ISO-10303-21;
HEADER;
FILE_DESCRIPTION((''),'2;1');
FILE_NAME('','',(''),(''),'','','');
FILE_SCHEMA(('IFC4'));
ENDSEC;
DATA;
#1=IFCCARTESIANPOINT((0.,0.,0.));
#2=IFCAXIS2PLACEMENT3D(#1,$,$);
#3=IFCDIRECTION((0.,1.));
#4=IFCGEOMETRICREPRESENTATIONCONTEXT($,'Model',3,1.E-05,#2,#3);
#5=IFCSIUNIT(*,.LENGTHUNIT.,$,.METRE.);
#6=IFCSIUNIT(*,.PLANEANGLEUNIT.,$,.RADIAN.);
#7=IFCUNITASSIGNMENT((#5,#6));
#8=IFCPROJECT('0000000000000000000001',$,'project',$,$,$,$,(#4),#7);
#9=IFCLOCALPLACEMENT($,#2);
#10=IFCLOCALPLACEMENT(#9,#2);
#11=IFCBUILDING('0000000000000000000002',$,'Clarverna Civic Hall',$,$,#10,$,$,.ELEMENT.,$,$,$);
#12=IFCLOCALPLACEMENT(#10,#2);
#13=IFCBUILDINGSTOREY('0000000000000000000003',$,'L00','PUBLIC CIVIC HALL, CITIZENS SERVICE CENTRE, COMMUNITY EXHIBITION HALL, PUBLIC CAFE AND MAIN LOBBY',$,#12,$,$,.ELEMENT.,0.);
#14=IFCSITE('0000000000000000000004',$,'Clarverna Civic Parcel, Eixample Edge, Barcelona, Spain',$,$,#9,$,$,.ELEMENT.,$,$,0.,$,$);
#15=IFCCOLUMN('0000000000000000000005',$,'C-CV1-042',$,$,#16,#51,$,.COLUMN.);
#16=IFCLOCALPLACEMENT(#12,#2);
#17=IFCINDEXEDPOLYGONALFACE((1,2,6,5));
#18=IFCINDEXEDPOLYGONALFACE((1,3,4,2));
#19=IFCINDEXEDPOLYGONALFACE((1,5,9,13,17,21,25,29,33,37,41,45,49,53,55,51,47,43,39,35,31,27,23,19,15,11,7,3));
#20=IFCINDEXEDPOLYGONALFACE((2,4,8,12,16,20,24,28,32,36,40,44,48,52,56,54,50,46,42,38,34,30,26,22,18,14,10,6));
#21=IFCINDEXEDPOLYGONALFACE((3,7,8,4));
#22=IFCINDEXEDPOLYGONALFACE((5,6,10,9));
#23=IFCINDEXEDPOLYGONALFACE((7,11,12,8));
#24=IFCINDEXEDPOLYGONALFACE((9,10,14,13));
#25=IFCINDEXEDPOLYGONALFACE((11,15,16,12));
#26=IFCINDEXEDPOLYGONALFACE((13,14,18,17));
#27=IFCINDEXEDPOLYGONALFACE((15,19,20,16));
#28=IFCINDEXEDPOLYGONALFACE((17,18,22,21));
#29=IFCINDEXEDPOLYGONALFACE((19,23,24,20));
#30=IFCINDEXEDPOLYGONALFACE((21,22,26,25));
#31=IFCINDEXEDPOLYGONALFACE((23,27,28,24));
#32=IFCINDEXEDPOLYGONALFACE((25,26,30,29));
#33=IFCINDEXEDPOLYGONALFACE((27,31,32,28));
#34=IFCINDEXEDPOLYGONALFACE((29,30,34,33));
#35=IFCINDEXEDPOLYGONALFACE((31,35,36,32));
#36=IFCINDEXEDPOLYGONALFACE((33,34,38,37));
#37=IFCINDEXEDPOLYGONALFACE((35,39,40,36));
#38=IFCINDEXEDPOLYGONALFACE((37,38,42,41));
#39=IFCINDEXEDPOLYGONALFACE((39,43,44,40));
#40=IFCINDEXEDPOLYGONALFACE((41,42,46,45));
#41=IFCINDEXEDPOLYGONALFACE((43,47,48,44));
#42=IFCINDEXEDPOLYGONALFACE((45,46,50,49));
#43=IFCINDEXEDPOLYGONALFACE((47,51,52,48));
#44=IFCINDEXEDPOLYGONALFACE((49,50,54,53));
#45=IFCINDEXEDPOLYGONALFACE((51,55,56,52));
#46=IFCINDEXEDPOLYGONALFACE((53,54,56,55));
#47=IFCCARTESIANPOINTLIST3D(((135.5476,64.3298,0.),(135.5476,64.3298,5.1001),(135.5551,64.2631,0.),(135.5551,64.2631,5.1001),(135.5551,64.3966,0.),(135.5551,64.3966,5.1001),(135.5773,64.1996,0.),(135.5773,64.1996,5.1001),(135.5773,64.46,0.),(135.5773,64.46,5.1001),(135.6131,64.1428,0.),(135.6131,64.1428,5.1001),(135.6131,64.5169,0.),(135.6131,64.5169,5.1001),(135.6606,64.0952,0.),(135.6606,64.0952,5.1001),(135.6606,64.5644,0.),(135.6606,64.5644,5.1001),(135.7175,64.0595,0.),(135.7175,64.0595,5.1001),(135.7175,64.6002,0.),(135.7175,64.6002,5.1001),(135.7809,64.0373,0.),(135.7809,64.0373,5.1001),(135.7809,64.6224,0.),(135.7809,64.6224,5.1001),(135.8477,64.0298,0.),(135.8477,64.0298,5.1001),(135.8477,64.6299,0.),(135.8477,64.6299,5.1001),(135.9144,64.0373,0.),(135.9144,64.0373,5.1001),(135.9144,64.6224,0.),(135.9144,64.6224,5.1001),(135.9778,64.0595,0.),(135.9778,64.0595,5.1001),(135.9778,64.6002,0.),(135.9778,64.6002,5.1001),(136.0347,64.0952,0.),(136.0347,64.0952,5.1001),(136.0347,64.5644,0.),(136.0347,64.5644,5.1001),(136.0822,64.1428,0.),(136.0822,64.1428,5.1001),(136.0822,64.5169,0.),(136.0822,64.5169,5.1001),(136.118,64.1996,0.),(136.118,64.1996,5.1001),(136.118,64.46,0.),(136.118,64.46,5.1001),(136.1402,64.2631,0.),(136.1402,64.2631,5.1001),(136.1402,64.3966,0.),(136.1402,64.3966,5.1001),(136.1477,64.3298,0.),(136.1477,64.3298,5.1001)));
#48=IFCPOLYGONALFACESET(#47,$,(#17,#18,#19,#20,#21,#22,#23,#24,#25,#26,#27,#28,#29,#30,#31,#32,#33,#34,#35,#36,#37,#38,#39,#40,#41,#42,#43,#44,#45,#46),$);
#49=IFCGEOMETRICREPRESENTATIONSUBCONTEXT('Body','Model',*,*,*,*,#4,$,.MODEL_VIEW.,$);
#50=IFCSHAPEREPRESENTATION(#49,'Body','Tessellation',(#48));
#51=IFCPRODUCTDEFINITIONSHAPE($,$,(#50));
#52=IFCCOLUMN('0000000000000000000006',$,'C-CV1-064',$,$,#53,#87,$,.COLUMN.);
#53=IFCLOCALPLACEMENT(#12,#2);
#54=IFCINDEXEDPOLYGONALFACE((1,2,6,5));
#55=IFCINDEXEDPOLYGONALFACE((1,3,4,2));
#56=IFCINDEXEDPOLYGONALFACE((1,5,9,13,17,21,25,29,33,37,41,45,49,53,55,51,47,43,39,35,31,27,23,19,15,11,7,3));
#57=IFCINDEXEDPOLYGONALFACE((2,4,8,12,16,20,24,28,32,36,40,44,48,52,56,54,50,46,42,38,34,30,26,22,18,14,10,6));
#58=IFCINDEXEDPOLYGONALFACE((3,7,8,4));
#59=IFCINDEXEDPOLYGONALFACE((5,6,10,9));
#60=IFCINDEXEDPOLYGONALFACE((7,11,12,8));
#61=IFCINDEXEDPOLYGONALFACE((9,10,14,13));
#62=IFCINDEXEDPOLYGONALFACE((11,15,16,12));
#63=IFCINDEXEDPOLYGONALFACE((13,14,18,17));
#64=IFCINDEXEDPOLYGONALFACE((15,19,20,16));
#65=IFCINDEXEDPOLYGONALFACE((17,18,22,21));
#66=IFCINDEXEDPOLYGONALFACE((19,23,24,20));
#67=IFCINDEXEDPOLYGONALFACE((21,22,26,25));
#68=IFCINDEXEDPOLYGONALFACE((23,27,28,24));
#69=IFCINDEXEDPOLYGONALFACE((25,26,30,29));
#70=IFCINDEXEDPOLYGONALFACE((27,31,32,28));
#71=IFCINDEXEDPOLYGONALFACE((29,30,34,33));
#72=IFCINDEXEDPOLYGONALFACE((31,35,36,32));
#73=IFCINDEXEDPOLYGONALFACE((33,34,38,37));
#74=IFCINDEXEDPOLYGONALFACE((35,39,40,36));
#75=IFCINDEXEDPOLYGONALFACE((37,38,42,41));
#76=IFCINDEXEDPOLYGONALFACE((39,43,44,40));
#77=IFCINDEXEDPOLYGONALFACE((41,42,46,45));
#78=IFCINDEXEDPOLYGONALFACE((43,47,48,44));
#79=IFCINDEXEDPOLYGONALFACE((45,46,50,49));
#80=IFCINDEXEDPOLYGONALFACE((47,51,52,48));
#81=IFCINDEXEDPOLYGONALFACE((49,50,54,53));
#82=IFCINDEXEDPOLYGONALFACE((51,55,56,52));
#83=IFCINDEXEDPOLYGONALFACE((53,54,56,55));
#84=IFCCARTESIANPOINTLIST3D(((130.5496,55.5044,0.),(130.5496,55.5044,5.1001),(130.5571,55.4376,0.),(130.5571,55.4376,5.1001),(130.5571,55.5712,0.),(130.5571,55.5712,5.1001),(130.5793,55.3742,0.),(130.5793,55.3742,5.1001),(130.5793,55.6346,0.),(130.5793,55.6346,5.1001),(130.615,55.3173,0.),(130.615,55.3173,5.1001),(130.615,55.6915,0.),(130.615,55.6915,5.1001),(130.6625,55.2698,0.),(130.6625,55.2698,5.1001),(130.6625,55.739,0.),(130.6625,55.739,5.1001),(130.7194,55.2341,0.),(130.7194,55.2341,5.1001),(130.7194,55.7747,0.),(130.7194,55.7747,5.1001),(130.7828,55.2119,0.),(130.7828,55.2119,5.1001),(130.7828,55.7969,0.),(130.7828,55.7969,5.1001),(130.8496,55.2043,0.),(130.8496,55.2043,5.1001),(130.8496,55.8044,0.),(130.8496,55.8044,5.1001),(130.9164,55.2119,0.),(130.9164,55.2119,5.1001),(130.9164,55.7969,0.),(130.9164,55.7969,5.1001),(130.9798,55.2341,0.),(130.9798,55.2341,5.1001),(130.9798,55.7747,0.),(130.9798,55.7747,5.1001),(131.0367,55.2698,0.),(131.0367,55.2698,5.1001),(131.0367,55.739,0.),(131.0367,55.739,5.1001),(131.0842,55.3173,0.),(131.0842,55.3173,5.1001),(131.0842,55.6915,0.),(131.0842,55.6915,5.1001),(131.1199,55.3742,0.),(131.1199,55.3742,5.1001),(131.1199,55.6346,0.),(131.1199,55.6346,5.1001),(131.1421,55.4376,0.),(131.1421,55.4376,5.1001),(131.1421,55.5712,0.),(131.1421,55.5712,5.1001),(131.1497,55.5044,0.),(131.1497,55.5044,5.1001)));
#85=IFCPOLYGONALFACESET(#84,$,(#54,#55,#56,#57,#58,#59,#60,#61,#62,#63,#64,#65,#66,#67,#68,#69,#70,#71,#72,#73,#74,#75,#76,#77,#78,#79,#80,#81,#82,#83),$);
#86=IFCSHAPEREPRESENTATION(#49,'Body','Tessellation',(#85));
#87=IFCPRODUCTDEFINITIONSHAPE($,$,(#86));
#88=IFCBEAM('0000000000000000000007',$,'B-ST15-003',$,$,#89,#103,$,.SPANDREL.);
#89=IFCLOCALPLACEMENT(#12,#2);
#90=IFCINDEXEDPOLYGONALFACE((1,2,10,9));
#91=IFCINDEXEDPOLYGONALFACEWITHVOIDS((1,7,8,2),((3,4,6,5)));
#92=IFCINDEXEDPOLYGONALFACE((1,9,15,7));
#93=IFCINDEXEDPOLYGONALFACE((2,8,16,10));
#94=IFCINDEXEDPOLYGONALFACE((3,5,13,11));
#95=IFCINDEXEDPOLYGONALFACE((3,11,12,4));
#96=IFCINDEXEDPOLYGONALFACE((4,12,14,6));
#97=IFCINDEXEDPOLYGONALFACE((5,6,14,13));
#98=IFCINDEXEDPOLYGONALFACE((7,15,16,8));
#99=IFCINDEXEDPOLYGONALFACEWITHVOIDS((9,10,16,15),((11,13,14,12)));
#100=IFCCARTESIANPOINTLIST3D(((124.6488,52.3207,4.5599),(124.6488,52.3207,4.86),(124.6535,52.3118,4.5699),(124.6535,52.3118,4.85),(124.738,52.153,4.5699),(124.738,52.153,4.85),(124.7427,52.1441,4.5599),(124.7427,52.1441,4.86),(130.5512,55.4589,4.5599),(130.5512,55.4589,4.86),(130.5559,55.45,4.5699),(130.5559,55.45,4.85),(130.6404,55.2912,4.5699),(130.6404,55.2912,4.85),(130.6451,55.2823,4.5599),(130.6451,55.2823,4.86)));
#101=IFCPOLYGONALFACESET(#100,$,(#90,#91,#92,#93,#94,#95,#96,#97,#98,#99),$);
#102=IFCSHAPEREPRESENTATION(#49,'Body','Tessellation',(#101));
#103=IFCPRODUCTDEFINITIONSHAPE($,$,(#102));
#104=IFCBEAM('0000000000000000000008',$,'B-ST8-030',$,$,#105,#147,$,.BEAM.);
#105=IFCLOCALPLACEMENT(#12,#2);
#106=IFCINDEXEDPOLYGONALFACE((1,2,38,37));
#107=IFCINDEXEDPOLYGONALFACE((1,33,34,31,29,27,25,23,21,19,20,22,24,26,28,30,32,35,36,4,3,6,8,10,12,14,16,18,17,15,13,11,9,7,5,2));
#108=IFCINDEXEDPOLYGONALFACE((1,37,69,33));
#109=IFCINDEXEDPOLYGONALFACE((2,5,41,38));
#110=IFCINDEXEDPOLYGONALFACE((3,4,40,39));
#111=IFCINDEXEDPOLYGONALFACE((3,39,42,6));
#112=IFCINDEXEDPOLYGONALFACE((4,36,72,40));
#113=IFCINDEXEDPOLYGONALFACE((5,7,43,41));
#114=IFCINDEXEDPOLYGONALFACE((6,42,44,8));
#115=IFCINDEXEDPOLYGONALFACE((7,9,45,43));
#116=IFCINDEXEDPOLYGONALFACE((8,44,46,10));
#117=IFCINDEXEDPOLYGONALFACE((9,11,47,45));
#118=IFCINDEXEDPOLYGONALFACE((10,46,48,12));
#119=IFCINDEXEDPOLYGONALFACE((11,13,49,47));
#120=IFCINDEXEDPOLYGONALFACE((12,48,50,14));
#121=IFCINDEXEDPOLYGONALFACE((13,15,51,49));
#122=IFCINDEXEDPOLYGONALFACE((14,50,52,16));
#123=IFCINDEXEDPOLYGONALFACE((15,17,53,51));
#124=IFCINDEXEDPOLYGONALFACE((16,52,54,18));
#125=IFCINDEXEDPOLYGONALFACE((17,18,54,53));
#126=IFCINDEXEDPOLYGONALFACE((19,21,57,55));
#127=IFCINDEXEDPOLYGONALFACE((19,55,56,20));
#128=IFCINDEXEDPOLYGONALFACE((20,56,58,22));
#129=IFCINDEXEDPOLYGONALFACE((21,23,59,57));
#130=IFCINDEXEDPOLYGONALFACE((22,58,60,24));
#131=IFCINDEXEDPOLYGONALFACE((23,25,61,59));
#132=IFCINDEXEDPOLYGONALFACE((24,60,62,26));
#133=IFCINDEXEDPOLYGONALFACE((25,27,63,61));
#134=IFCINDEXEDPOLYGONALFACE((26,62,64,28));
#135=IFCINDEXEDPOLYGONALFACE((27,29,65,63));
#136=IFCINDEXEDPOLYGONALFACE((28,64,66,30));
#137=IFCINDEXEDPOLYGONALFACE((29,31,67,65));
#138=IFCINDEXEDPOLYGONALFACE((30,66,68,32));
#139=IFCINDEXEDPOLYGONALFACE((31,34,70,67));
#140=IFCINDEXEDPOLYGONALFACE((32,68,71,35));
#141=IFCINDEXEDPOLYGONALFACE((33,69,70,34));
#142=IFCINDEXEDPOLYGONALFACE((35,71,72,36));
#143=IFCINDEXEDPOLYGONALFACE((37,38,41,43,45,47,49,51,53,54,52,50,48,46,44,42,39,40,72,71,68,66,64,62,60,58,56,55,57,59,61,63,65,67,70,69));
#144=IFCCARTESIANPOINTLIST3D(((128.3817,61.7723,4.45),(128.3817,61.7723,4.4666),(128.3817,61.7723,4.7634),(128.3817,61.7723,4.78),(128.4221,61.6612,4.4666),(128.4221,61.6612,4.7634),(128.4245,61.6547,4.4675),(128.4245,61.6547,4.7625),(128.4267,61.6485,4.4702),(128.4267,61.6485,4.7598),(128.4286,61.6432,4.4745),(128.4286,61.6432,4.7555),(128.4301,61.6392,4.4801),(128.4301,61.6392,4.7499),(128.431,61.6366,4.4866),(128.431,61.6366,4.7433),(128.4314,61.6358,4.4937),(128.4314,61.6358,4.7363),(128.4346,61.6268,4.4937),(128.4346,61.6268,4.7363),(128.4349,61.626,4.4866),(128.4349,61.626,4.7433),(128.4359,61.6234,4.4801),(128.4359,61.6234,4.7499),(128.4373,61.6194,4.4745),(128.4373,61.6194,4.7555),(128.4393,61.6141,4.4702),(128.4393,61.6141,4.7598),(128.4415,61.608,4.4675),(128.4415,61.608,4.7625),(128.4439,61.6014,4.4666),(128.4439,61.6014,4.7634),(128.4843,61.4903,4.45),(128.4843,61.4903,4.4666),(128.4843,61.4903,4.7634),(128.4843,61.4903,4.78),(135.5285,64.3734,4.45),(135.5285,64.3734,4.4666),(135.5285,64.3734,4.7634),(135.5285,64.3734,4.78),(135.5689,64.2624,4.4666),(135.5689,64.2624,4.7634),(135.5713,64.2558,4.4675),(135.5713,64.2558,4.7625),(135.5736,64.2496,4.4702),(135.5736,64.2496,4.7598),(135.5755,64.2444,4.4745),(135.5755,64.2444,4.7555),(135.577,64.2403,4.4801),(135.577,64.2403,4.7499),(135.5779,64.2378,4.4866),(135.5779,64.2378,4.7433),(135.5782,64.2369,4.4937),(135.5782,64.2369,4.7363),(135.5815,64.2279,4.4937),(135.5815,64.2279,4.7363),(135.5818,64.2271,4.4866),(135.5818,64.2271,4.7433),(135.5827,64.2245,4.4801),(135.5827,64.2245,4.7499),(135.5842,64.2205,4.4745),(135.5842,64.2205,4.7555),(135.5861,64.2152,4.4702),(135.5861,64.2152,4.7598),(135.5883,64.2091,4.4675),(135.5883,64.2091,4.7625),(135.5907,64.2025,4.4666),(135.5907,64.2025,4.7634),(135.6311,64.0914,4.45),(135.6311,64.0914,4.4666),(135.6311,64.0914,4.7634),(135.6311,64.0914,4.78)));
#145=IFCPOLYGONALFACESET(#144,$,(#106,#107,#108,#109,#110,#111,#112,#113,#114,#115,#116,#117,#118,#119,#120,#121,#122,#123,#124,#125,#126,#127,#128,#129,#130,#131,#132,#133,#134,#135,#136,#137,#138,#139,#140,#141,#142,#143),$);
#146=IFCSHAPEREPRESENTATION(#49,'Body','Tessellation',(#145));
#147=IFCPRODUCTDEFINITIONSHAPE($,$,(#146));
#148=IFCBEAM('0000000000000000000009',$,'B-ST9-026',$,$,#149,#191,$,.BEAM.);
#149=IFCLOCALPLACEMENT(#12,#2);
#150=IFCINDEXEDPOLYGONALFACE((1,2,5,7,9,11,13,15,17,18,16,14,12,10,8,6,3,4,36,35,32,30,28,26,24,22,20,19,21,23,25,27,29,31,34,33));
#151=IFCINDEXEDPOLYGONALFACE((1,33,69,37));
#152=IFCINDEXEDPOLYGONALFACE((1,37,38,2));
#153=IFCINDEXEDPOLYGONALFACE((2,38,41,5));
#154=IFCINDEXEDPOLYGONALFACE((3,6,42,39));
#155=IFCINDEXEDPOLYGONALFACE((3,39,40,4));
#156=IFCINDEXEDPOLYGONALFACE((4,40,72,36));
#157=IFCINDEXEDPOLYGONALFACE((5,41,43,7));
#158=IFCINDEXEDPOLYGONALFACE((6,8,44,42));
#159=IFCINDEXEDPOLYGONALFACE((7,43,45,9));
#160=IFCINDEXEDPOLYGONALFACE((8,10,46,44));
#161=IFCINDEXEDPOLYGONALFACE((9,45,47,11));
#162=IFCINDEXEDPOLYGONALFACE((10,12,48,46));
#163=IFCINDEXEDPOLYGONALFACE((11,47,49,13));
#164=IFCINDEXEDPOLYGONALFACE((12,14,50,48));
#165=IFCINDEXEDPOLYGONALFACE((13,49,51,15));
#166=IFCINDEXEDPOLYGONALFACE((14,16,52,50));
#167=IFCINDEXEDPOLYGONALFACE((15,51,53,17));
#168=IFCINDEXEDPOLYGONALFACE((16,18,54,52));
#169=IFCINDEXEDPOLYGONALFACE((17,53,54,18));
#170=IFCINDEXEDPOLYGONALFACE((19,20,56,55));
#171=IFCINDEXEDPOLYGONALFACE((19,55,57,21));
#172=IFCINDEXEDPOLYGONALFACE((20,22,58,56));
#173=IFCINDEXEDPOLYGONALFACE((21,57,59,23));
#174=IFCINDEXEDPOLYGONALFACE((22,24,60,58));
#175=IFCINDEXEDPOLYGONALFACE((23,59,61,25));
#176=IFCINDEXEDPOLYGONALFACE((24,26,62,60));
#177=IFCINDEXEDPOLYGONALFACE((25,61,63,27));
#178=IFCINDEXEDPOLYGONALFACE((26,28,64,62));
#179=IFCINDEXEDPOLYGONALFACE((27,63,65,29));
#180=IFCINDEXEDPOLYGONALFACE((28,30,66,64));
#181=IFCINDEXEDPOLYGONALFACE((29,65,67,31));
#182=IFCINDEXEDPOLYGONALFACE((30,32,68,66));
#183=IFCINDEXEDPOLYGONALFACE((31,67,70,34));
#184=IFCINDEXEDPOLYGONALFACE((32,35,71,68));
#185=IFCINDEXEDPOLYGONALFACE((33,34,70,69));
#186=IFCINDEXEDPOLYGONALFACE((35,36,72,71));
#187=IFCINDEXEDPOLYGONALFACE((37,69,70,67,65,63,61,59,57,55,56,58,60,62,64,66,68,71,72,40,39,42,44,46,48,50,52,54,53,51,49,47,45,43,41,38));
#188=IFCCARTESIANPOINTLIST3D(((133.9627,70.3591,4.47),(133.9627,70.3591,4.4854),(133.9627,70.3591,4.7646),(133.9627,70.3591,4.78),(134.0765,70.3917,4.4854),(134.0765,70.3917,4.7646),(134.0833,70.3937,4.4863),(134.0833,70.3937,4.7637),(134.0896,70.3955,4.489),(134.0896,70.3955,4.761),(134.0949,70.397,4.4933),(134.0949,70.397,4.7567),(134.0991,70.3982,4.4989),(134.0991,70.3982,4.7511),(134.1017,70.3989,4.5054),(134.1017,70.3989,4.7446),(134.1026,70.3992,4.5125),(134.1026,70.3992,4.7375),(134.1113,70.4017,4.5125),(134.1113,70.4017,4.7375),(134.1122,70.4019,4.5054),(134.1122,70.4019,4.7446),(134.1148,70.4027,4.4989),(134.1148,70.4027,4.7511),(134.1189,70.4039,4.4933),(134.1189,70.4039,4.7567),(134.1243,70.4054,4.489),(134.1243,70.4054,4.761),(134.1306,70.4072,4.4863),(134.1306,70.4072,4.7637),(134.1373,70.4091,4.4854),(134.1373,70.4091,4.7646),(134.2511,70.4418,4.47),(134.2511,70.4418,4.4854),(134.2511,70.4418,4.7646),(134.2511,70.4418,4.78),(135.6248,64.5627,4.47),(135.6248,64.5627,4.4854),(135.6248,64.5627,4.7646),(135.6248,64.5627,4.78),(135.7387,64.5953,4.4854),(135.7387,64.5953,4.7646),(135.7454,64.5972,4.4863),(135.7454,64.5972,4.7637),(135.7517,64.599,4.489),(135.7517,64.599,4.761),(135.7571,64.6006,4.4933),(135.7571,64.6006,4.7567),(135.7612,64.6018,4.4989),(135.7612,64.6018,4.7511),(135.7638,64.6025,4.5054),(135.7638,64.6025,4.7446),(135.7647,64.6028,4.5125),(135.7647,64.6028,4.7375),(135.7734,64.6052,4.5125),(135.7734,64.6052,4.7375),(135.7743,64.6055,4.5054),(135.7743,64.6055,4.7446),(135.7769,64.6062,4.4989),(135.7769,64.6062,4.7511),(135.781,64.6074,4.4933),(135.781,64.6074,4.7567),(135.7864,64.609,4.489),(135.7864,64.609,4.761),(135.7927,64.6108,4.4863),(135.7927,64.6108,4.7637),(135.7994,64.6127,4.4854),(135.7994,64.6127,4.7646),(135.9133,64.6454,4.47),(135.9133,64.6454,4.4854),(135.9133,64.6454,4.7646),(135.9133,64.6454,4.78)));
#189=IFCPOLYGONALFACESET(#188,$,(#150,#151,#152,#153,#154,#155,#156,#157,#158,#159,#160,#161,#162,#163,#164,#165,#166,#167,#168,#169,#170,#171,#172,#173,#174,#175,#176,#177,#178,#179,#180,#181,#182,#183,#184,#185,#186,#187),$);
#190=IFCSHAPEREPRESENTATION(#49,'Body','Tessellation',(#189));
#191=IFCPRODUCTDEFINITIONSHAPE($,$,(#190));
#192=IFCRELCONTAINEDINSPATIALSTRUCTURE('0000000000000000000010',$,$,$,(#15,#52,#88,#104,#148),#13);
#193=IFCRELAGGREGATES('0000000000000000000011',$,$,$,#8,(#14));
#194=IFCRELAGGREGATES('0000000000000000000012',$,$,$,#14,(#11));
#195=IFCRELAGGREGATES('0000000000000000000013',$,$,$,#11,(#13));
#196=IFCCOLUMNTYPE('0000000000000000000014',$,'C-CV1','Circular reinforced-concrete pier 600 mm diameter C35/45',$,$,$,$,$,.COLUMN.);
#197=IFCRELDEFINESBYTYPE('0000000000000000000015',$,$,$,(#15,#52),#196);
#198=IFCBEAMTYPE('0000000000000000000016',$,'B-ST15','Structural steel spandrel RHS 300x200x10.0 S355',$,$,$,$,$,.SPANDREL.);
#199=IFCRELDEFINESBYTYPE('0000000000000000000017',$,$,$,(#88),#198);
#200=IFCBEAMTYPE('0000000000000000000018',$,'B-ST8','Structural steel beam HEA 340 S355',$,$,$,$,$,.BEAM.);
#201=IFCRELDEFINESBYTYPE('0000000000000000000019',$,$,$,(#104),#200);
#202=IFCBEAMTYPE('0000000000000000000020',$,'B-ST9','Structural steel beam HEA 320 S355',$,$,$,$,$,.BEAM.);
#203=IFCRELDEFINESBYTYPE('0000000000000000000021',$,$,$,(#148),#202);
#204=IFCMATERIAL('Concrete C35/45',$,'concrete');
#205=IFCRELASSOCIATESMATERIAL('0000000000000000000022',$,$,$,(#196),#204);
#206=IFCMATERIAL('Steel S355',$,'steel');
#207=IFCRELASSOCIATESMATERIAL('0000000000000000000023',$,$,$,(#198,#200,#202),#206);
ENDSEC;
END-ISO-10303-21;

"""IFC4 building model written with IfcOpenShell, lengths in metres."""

from ifc_helpers import new_model, si_unit, direction, frame, origin, origin_2d, place, context, subcontext, project, spatial, hollow_rectangle, circle, i_section, extrude, material, material_profile, profile_set, type_object, element, save


model = new_model("IFC4")

# Units and contexts
model_context = context("Model", 3, precision=1e-05, world=origin(), true_north=direction((0.0, 1.0)))
body_context = subcontext(model_context, "Body", "Model", "MODEL_VIEW")
ifc_project = project(units=[si_unit("LENGTHUNIT", "METRE"), si_unit("PLANEANGLEUNIT", "RADIAN")], contexts=[model_context])

# Site, building, storey
site_placement = place(None, origin())
site = spatial("IfcSite", under=ifc_project, at=site_placement, Name="Clarverna Civic Parcel, Eixample Edge, Barcelona, Spain", CompositionType="ELEMENT", RefElevation=0.0)
building_placement = place(site_placement, origin())
building = spatial("IfcBuilding", under=site, at=building_placement, Name="Clarverna Civic Hall", CompositionType="ELEMENT")
storey_placement = place(building_placement, origin())
storey = spatial("IfcBuildingStorey", under=building, at=storey_placement, Name="L00", Description="PUBLIC CIVIC HALL, CITIZENS SERVICE CENTRE, COMMUNITY EXHIBITION HALL, PUBLIC CAFE AND MAIN LOBBY", CompositionType="ELEMENT", Elevation=0.0)

# Columns
ifc_material_1 = material(Name="Concrete C35/45", Category="concrete")
ifc_material_profile_1 = material_profile(ifc_material_1, circle(Radius=0.3, at=origin_2d()), Name="RC D600")
ifc_profile_set_1 = profile_set([ifc_material_profile_1], Name="Concrete C35/45")
column_type = type_object("IfcColumnType", Name="C-CV1", Description="Circular reinforced-concrete pier 600 mm diameter C35/45", PredefinedType="COLUMN", material=ifc_profile_set_1)
for number, where, z_axis, x_axis, name in (
    (1, (135.8477, 64.3298, 0.0), (0.0, 0.0, 1.0), (1.0, 0.0, 0.0), "C-CV1-042"),
    (2, (130.8496, 55.5044, 0.0), (0.0, 0.0, 1.0), (1.0, 0.0, 0.0), "C-CV1-064"),
):
    element("IfcColumn", number, at=place(storey_placement, frame(where, z_axis=z_axis, x_axis=x_axis)), inside=storey, type_object=column_type, Name=name, PredefinedType="COLUMN", context=body_context, shape_type="SweptSolid", body=[
        extrude(circle(Radius=0.3, at=origin_2d()), origin(), (0.0, 0.0, 1.0), 5.1001),
    ])

# Beams
ifc_material_2 = material(Name="Steel S355", Category="steel")
ifc_material_profile_2 = material_profile(ifc_material_2, hollow_rectangle(XDim=0.2, YDim=0.3, WallThickness=0.01, at=origin_2d()), Name="RHS 300x200x10.0")
ifc_profile_set_2 = profile_set([ifc_material_profile_2], Name="Steel S355")
beam_type_1 = type_object("IfcBeamType", Name="B-ST15", Description="Structural steel spandrel RHS 300x200x10.0 S355", PredefinedType="SPANDREL", material=ifc_profile_set_2)
beam_1_placement = place(storey_placement, frame((130.5981, 55.3706, 4.71), z_axis=(-0.882957, -0.469454, 0.0), x_axis=(0.469454, -0.882957, 0.0)))
element("IfcBeam", 3, at=beam_1_placement, inside=storey, type_object=beam_type_1, Name="B-ST15-003", PredefinedType="SPANDREL", context=body_context, shape_type="SweptSolid", body=[
    extrude(hollow_rectangle(XDim=0.2, YDim=0.3, WallThickness=0.01, at=origin_2d()), origin(), (0.0, 0.0, 1.0), 6.6848),
])
ifc_material_profile_3 = material_profile(ifc_material_2, i_section(OverallWidth=0.3, OverallDepth=0.3301, WebThickness=0.0095, FlangeThickness=0.0166, FilletRadius=0.0271, at=origin_2d()), Name="HEA 340")
ifc_profile_set_3 = profile_set([ifc_material_profile_3], Name="Steel S355")
beam_type_2 = type_object("IfcBeamType", Name="B-ST8", Description="Structural steel beam HEA 340 S355", PredefinedType="BEAM", material=ifc_profile_set_3)
beam_2_placement = place(storey_placement, frame((135.5798, 64.2324, 4.615), z_axis=(-0.939698, -0.342006, 0.0), x_axis=(0.342006, -0.939698, 0.0)))
element("IfcBeam", 4, at=beam_2_placement, inside=storey, type_object=beam_type_2, Name="B-ST8-030", PredefinedType="BEAM", context=body_context, shape_type="SweptSolid", body=[
    extrude(i_section(OverallWidth=0.3, OverallDepth=0.3301, WebThickness=0.0095, FlangeThickness=0.0166, FilletRadius=0.0271, at=origin_2d()), origin(), (0.0, 0.0, 1.0), 7.6055),
])
ifc_material_profile_4 = material_profile(ifc_material_2, i_section(OverallWidth=0.3, OverallDepth=0.3101, WebThickness=0.009, FlangeThickness=0.0154, FilletRadius=0.0271, at=origin_2d()), Name="HEA 320")
ifc_profile_set_4 = profile_set([ifc_material_profile_4], Name="Steel S355")
beam_type_3 = type_object("IfcBeamType", Name="B-ST9", Description="Structural steel beam HEA 320 S355", PredefinedType="BEAM", material=ifc_profile_set_4)
for number, where, z_axis, x_axis, name in (
    (5, (135.769, 64.604, 4.625), (-0.275641, 0.961261, 0.0), (-0.961261, -0.275641, 0.0), "B-ST9-026"),
):
    element("IfcBeam", number, at=place(storey_placement, frame(where, z_axis=z_axis, x_axis=x_axis)), inside=storey, type_object=beam_type_3, Name=name, PredefinedType="BEAM", context=body_context, shape_type="SweptSolid", body=[
        extrude(i_section(OverallWidth=0.3, OverallDepth=0.3101, WebThickness=0.009, FlangeThickness=0.0154, FilletRadius=0.0271, at=origin_2d()), origin(), (0.0, 0.0, 1.0), 6.03),
    ])

save(model, "model.ifc")
